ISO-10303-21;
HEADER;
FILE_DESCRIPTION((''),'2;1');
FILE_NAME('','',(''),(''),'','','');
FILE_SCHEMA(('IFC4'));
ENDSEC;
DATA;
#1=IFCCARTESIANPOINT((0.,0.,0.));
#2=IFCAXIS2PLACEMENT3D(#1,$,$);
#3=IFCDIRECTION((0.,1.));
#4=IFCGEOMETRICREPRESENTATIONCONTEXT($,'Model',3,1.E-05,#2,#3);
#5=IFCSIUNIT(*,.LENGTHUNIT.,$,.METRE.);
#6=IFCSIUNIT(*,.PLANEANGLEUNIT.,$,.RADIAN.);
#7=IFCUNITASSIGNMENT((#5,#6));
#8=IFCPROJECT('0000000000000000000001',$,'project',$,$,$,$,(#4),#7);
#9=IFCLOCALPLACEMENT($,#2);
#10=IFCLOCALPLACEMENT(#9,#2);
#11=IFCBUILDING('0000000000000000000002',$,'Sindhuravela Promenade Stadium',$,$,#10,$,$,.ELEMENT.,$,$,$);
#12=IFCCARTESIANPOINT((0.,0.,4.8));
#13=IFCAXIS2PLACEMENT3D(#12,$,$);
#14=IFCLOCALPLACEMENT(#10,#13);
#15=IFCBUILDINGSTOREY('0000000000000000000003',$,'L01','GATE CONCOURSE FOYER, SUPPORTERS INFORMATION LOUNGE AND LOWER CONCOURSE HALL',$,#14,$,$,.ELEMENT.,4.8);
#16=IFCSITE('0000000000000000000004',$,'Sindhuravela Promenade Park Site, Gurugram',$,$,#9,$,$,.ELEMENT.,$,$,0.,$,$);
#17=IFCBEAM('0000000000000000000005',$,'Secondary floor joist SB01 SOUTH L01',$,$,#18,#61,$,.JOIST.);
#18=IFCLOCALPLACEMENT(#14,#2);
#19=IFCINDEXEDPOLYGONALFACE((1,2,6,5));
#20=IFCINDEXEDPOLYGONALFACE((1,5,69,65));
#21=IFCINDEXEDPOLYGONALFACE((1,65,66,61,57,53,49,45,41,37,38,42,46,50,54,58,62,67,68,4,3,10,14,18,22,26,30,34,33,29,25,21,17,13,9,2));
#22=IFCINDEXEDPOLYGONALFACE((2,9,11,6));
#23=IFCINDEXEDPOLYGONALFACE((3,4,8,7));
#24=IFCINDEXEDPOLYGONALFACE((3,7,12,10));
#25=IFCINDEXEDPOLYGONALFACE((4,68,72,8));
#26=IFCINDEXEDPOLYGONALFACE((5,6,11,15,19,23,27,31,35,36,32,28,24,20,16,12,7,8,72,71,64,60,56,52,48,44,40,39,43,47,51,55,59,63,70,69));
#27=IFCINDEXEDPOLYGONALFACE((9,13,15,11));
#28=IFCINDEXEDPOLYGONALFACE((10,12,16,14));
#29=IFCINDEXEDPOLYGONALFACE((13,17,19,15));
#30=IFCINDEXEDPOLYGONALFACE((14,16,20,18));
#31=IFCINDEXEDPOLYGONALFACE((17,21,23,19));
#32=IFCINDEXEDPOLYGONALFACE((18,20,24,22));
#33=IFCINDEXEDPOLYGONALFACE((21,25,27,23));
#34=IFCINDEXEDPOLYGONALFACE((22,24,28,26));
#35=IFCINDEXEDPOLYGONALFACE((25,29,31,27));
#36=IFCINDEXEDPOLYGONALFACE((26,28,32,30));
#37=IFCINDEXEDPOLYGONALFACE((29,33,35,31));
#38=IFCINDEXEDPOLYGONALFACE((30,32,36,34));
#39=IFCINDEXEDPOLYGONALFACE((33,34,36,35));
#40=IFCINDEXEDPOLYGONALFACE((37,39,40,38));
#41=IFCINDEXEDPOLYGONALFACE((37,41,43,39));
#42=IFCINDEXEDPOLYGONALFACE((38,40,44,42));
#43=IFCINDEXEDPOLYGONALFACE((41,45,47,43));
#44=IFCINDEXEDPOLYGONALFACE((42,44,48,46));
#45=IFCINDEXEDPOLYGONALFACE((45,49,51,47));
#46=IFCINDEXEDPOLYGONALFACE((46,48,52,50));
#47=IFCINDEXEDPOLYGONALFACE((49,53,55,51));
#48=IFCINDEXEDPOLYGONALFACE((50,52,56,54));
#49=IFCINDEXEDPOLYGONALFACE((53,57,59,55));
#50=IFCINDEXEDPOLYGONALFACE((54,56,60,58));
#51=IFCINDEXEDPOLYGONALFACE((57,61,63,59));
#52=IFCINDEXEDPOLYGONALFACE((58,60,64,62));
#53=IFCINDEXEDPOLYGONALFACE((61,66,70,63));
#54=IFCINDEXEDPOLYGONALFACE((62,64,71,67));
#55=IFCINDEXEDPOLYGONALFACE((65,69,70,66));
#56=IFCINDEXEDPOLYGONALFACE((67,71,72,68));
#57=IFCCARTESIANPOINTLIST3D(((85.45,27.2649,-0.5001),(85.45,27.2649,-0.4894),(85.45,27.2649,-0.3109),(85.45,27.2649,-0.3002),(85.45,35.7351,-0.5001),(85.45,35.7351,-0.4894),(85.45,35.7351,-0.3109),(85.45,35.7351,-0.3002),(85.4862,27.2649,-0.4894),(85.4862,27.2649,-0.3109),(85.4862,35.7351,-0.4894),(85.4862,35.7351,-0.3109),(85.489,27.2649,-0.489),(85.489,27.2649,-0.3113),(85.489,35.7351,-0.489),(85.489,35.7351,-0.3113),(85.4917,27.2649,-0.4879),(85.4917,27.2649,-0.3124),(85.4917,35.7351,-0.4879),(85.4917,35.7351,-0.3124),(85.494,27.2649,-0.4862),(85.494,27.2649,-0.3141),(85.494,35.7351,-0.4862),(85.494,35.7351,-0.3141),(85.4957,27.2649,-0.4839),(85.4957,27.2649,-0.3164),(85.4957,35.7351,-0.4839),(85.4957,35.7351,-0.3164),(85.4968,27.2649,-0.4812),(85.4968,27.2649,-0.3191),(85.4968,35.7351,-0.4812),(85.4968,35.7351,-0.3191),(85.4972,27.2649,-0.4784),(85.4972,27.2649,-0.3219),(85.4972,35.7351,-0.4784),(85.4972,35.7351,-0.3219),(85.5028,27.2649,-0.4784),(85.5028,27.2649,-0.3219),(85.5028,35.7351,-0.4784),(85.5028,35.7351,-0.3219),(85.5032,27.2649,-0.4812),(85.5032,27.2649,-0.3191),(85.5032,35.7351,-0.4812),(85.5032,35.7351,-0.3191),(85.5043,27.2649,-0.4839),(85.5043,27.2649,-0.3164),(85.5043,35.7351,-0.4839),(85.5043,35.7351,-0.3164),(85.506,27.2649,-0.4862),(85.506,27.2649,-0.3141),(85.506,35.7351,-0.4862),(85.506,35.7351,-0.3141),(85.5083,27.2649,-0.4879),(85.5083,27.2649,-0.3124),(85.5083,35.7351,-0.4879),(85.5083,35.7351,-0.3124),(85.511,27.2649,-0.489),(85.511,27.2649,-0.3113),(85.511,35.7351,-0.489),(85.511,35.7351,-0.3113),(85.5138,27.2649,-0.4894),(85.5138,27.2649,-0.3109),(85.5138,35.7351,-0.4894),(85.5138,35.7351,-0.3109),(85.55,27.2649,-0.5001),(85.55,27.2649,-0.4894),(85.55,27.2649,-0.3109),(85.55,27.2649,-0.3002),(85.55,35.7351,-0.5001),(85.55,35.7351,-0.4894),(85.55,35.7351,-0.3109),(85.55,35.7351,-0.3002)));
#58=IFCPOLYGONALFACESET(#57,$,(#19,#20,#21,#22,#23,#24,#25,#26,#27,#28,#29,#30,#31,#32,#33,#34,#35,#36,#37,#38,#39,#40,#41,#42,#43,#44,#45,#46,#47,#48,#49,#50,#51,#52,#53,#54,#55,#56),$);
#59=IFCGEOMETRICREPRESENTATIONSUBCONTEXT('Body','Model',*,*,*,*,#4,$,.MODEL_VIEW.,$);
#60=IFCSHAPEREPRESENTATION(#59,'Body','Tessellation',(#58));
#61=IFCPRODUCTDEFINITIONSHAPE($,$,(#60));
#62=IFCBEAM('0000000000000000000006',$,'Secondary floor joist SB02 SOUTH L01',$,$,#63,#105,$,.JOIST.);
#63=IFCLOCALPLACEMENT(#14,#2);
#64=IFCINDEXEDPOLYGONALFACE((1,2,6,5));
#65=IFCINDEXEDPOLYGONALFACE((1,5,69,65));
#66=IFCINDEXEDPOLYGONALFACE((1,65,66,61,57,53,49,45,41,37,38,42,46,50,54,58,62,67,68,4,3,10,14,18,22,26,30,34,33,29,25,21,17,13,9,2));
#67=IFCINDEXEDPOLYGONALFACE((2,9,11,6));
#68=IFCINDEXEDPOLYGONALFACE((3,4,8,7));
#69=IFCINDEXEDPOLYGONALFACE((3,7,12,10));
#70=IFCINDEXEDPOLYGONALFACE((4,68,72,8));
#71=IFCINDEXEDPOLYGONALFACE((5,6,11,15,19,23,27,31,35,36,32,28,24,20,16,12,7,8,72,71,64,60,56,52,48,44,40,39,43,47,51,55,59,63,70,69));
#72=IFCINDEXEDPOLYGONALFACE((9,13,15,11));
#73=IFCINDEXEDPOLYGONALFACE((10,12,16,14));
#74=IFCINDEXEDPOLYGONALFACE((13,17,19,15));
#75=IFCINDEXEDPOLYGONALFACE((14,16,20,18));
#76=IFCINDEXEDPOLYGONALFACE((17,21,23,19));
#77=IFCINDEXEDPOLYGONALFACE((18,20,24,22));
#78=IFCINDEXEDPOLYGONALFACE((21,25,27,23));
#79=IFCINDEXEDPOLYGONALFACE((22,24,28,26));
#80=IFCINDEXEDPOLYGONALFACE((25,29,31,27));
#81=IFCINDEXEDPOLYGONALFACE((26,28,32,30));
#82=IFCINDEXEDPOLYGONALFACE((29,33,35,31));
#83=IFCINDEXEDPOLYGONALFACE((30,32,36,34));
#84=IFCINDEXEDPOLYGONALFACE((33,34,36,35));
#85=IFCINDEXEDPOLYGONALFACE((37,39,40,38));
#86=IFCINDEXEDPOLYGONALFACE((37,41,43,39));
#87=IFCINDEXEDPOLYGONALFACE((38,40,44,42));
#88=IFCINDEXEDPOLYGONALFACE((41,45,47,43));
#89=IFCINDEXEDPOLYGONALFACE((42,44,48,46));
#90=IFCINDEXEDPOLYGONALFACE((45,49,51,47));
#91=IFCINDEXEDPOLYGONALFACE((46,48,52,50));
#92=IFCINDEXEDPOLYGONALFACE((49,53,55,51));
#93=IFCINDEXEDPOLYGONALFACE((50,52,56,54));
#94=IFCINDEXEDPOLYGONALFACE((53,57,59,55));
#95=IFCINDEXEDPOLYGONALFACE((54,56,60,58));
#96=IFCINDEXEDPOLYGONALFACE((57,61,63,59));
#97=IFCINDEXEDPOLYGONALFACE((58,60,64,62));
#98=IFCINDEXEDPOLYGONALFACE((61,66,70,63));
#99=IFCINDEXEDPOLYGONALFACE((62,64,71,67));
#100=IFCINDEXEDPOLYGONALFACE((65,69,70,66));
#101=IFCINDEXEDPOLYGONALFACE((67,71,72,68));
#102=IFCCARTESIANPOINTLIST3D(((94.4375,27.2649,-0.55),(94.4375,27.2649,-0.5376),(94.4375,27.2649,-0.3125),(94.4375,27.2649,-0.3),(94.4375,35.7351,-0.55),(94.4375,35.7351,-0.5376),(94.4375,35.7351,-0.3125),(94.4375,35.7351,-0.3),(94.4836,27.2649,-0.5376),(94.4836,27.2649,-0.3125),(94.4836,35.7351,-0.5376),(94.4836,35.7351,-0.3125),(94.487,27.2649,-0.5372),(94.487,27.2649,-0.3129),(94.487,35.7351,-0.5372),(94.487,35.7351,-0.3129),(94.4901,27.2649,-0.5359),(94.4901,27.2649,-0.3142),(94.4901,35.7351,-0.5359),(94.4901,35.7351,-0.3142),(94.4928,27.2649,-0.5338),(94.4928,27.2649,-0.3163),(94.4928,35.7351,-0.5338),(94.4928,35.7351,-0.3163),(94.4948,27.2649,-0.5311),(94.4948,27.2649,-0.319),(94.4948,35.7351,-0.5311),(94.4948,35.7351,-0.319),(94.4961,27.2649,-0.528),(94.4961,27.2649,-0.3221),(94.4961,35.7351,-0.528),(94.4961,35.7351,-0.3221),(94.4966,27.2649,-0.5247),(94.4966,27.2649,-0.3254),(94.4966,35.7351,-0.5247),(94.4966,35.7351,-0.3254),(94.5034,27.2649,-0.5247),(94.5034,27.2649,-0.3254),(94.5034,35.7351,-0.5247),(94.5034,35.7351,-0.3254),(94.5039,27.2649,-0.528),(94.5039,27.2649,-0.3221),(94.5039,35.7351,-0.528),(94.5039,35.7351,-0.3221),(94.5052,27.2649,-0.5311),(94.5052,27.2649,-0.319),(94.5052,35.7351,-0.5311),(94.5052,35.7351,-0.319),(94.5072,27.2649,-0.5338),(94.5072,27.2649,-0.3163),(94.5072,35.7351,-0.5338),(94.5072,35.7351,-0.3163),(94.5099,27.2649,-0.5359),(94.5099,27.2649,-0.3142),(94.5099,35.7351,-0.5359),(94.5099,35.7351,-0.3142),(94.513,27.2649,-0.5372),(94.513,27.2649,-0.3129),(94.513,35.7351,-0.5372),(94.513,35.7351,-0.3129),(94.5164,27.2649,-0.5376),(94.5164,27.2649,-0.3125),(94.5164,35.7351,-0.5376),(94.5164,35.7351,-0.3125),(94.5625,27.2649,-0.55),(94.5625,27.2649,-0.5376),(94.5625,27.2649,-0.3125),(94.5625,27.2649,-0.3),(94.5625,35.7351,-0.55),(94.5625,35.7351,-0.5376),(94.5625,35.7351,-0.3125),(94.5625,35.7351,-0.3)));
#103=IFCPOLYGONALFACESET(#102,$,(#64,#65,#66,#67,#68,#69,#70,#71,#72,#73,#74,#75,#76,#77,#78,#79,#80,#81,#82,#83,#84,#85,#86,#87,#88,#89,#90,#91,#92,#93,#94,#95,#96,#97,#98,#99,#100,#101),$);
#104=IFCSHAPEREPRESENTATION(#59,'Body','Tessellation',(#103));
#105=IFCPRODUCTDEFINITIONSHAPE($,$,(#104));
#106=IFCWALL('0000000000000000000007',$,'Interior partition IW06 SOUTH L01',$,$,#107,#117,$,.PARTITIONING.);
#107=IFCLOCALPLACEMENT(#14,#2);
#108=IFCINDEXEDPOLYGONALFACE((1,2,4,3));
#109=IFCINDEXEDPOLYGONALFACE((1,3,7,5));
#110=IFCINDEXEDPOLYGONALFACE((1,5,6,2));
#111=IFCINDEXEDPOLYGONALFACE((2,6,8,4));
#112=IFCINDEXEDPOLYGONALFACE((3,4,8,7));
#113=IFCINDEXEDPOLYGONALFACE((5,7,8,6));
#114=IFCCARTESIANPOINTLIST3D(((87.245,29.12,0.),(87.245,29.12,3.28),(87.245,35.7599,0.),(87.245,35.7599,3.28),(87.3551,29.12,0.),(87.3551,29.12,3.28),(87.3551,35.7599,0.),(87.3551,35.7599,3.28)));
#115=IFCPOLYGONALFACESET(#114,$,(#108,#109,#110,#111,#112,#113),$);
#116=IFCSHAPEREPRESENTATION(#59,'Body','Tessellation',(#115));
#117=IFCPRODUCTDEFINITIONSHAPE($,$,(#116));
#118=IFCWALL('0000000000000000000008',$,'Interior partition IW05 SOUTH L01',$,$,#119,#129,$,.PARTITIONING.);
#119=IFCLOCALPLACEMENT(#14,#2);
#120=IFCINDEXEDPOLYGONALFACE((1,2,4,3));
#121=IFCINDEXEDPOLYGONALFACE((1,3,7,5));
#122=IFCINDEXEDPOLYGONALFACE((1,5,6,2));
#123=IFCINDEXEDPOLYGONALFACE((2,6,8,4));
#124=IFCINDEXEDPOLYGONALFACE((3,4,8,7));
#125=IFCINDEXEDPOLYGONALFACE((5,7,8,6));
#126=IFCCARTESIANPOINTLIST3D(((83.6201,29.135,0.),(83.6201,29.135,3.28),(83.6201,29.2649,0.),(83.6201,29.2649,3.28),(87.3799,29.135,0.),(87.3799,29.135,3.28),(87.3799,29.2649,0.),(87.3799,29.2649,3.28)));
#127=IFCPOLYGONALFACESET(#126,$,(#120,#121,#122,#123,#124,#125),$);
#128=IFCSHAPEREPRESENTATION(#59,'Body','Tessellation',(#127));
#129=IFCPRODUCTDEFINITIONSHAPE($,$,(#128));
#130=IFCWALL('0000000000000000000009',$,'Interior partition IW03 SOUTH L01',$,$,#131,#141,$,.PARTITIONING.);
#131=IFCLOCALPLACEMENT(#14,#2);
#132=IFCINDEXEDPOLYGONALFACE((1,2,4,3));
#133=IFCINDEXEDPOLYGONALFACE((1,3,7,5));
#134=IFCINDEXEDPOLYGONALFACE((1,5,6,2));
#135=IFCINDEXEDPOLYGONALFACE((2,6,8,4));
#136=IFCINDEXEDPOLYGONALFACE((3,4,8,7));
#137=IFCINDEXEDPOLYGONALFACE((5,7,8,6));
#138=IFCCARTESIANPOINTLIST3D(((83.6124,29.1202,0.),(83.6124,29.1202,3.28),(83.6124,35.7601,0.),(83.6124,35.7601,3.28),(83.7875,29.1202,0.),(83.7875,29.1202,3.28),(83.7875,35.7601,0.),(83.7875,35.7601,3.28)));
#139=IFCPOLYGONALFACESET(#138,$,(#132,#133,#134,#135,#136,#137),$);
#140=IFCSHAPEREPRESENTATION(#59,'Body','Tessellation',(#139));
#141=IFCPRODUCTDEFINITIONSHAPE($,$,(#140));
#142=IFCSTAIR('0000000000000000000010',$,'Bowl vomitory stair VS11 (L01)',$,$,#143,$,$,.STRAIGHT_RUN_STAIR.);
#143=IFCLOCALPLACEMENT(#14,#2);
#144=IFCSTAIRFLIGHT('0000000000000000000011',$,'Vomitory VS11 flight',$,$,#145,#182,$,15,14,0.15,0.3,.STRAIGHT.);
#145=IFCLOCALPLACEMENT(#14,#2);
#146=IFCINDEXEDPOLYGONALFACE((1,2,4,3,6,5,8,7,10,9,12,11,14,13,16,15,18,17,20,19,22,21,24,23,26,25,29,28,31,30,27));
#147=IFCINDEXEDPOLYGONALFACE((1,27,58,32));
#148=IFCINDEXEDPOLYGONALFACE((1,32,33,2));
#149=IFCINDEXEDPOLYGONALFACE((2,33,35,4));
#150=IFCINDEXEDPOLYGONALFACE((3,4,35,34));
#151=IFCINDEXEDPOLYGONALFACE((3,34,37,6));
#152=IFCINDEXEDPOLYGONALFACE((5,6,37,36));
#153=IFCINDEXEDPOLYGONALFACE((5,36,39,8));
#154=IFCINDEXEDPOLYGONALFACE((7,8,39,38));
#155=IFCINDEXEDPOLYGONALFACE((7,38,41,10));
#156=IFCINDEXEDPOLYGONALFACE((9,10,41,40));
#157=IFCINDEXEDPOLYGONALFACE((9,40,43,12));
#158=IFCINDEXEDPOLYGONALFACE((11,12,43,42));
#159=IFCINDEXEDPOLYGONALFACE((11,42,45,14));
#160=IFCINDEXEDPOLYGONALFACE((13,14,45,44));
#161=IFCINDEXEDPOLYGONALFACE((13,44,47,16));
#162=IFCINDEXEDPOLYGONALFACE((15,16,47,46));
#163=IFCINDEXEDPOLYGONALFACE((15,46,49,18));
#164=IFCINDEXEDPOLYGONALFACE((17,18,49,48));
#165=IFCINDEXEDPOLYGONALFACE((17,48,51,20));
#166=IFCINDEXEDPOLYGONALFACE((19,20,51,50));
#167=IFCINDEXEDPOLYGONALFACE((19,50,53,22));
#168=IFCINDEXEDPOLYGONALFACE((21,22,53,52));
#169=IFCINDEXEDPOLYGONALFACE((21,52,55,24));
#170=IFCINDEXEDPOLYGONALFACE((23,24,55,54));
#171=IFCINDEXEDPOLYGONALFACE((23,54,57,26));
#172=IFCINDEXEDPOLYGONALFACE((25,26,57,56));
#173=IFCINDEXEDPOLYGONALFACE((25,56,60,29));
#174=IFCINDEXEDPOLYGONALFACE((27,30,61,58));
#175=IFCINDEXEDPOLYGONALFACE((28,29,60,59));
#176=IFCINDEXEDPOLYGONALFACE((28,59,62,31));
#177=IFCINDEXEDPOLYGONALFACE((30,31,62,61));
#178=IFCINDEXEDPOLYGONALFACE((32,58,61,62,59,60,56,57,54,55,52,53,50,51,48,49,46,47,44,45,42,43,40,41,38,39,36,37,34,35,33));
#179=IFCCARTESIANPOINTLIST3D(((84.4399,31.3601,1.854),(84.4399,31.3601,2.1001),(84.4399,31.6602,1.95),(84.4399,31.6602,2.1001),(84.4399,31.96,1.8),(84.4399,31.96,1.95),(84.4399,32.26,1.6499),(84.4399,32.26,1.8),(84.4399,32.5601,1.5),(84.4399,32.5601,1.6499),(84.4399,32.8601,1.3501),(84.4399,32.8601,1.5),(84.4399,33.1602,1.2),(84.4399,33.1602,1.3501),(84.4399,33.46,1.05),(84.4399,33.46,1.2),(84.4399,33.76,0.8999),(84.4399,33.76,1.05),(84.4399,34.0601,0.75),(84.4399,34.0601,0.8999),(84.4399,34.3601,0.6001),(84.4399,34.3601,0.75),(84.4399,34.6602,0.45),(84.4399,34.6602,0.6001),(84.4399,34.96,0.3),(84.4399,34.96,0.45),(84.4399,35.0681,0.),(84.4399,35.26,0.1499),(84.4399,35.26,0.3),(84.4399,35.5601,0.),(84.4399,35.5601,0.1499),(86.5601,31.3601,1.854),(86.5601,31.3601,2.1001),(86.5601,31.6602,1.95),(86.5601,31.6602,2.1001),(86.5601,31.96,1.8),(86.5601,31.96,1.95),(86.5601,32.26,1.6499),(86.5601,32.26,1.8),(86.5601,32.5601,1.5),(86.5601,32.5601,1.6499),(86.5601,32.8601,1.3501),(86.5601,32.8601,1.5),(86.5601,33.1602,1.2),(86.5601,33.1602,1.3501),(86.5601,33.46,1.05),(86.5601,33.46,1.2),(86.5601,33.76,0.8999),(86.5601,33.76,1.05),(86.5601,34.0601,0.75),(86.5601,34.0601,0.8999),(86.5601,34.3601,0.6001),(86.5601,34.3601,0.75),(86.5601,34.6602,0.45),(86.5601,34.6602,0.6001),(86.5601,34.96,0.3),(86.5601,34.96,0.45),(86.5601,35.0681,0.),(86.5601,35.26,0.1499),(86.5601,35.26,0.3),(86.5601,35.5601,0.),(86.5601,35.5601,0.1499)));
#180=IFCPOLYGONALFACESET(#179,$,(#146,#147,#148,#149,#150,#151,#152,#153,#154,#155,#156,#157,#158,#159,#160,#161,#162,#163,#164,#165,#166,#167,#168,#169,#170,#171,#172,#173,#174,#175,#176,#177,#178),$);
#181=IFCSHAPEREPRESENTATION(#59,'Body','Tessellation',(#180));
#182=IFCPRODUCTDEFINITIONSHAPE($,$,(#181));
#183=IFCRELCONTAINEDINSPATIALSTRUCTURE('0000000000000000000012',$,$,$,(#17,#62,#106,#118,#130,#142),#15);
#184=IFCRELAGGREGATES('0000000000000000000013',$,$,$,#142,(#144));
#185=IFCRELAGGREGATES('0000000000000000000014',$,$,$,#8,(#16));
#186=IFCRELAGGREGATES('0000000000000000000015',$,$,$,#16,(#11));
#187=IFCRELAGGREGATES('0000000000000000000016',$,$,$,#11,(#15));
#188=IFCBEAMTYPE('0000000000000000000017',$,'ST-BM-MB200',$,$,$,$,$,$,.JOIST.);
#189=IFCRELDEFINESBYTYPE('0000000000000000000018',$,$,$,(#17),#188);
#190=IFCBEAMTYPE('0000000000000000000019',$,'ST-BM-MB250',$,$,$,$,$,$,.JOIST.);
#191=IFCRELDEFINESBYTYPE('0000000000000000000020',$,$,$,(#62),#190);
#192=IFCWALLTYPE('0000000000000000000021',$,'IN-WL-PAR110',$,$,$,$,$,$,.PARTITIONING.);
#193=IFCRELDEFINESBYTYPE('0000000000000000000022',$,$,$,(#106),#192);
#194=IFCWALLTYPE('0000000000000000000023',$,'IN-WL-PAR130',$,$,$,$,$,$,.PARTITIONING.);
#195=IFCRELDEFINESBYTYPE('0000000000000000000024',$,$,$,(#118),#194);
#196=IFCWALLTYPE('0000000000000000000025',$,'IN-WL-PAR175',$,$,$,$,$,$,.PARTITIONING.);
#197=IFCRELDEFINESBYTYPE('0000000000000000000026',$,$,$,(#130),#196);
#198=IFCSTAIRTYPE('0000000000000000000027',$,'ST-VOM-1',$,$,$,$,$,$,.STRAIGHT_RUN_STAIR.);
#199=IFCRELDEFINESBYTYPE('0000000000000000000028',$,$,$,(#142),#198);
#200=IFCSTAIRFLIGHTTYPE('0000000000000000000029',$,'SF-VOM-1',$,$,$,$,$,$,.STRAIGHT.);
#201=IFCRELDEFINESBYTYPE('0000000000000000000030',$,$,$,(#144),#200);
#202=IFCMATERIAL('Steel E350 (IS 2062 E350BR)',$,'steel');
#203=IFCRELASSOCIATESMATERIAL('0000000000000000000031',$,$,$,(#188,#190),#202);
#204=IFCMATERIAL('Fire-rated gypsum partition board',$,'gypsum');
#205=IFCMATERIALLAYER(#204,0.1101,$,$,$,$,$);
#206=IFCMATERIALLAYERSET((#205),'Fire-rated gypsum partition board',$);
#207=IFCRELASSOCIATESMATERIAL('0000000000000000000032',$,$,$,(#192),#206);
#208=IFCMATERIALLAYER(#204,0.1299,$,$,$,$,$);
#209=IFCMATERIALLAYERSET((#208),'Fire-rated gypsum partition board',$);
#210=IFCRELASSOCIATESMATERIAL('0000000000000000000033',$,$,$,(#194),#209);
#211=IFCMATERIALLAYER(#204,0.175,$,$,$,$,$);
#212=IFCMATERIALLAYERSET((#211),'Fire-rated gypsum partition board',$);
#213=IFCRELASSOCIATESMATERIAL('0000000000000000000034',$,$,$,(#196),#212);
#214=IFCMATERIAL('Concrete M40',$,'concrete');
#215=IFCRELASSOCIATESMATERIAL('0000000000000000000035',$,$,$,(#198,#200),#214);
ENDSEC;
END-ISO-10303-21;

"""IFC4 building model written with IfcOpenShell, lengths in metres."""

from ifc_helpers import new_model, si_unit, direction, frame, frame_2d, origin, origin_2d, place, context, subcontext, project, spatial, polyline, rectangle, i_section, outline, extrude, material, layer, layer_set, material_profile, profile_set, type_object, element, aggregate, save


model = new_model("IFC4")

# Units and contexts
model_context = context("Model", 3, precision=1e-05, world=origin(), true_north=direction((0.0, 1.0)))
body_context = subcontext(model_context, "Body", "Model", "MODEL_VIEW")
ifc_project = project(units=[si_unit("LENGTHUNIT", "METRE"), si_unit("PLANEANGLEUNIT", "RADIAN")], contexts=[model_context])

# Site, building, storey
site_placement = place(None, origin())
site = spatial("IfcSite", under=ifc_project, at=site_placement, Name="Sindhuravela Promenade Park Site, Gurugram", CompositionType="ELEMENT", RefElevation=0.0)
building_placement = place(site_placement, origin())
building = spatial("IfcBuilding", under=site, at=building_placement, Name="Sindhuravela Promenade Stadium", CompositionType="ELEMENT")
storey_placement = place(building_placement, frame((0.0, 0.0, 4.8)))
storey = spatial("IfcBuildingStorey", under=building, at=storey_placement, Name="L01", Description="GATE CONCOURSE FOYER, SUPPORTERS INFORMATION LOUNGE AND LOWER CONCOURSE HALL", CompositionType="ELEMENT", Elevation=4.8)

# Shared definitions
ifc_material_1 = material(Name="Concrete M40", Category="concrete")

# Beams
ifc_material_2 = material(Name="Steel E350 (IS 2062 E350BR)", Category="steel")
ifc_material_profile_1 = material_profile(ifc_material_2, i_section(OverallWidth=0.1001, OverallDepth=0.2, WebThickness=0.0056, FlangeThickness=0.0107, FilletRadius=0.011, at=origin_2d()), Name="ISMB 200")
ifc_profile_set_1 = profile_set([ifc_material_profile_1], Name="Steel E350 (IS 2062 E350BR)")
beam_type_1 = type_object("IfcBeamType", Name="ST-BM-MB200", PredefinedType="JOIST", material=ifc_profile_set_1)
beam_1_placement = place(storey_placement, frame((85.5, 27.2649, -0.4001), z_axis=(0.0, 1.0, 0.0), x_axis=(-1.0, 0.0, 0.0)))
element("IfcBeam", 1, at=beam_1_placement, inside=storey, type_object=beam_type_1, Name="Secondary floor joist SB01 SOUTH L01", PredefinedType="JOIST", context=body_context, shape_type="SweptSolid", body=[
    extrude(i_section(OverallWidth=0.1001, OverallDepth=0.2, WebThickness=0.0056, FlangeThickness=0.0107, FilletRadius=0.011, at=origin_2d()), origin(), (0.0, 0.0, 1.0), 8.4702),
])
ifc_material_profile_2 = material_profile(ifc_material_2, i_section(OverallWidth=0.125, OverallDepth=0.25, WebThickness=0.0068, FlangeThickness=0.0125, FilletRadius=0.0129, at=origin_2d()), Name="ISMB 250")
ifc_profile_set_2 = profile_set([ifc_material_profile_2], Name="Steel E350 (IS 2062 E350BR)")
beam_type_2 = type_object("IfcBeamType", Name="ST-BM-MB250", PredefinedType="JOIST", material=ifc_profile_set_2)
beam_2_placement = place(storey_placement, frame((94.5, 27.2649, -0.425), z_axis=(0.0, 1.0, 0.0), x_axis=(-1.0, 0.0, 0.0)))
element("IfcBeam", 2, at=beam_2_placement, inside=storey, type_object=beam_type_2, Name="Secondary floor joist SB02 SOUTH L01", PredefinedType="JOIST", context=body_context, shape_type="SweptSolid", body=[
    extrude(i_section(OverallWidth=0.125, OverallDepth=0.25, WebThickness=0.0068, FlangeThickness=0.0125, FilletRadius=0.0129, at=origin_2d()), origin(), (0.0, 0.0, 1.0), 8.4702),
])

# Walls
ifc_material_3 = material(Name="Fire-rated gypsum partition board", Category="gypsum")
ifc_layer_1 = layer(ifc_material_3, 0.1101)
ifc_layer_set_1 = layer_set([ifc_layer_1], Name="Fire-rated gypsum partition board")
wall_type_1 = type_object("IfcWallType", Name="IN-WL-PAR110", PredefinedType="PARTITIONING", material=ifc_layer_set_1)
wall_1_placement = place(storey_placement, frame((87.3, 29.1201, 0.0), z_axis=(0.0, 0.0, 1.0), x_axis=(0.0, 1.0, 0.0)))
element("IfcWall", 3, at=wall_1_placement, inside=storey, type_object=wall_type_1, Name="Interior partition IW06 SOUTH L01", PredefinedType="PARTITIONING", context=body_context, shape_type="SweptSolid", body=[
    extrude(rectangle(XDim=6.6399, YDim=0.1101, at=frame_2d((3.3198, 0.0))), origin(), (0.0, 0.0, 1.0), 3.28),
])
ifc_layer_2 = layer(ifc_material_3, 0.1299)
ifc_layer_set_2 = layer_set([ifc_layer_2], Name="Fire-rated gypsum partition board")
wall_type_2 = type_object("IfcWallType", Name="IN-WL-PAR130", PredefinedType="PARTITIONING", material=ifc_layer_set_2)
wall_2_placement = place(storey_placement, frame((83.6201, 29.2, 0.0), z_axis=(0.0, 0.0, 1.0), x_axis=(1.0, 0.0, 0.0)))
element("IfcWall", 4, at=wall_2_placement, inside=storey, type_object=wall_type_2, Name="Interior partition IW05 SOUTH L01", PredefinedType="PARTITIONING", context=body_context, shape_type="SweptSolid", body=[
    extrude(rectangle(XDim=3.7598, YDim=0.1299, at=frame_2d((1.8799, 0.0))), origin(), (0.0, 0.0, 1.0), 3.28),
])
ifc_layer_3 = layer(ifc_material_3, 0.175)
ifc_layer_set_3 = layer_set([ifc_layer_3], Name="Fire-rated gypsum partition board")
wall_type_3 = type_object("IfcWallType", Name="IN-WL-PAR175", PredefinedType="PARTITIONING", material=ifc_layer_set_3)
wall_3_placement = place(storey_placement, frame((83.7, 35.76, 0.0), z_axis=(0.0, 0.0, 1.0), x_axis=(0.0, -1.0, 0.0)))
element("IfcWall", 5, at=wall_3_placement, inside=storey, type_object=wall_type_3, Name="Interior partition IW03 SOUTH L01", PredefinedType="PARTITIONING", context=body_context, shape_type="SweptSolid", body=[
    extrude(rectangle(XDim=6.6399, YDim=0.175, at=frame_2d((3.3198, 0.0))), origin(), (0.0, 0.0, 1.0), 3.28),
])

# Stair, stair flight
stair_type = type_object("IfcStairType", Name="ST-VOM-1", PredefinedType="STRAIGHT_RUN_STAIR", material=ifc_material_1)
stair_placement = place(storey_placement, origin())
stair = element("IfcStair", 6, at=stair_placement, inside=storey, type_object=stair_type, Name="Bowl vomitory stair VS11 (L01)", PredefinedType="STRAIGHT_RUN_STAIR")
stair_flight_type = type_object("IfcStairFlightType", Name="SF-VOM-1", PredefinedType="STRAIGHT", material=ifc_material_1)
stair_flight_placement = place(storey_placement, frame((85.5, 35.5601, 0.0), z_axis=(0.0, 0.0, 1.0), x_axis=(0.0, -1.0, 0.0)))
stair_flight = element("IfcStairFlight", 7, at=stair_flight_placement, type_object=stair_flight_type, Name="Vomitory VS11 flight", NumberOfRisers=15, NumberOfTreads=14, PredefinedType="STRAIGHT", RiserHeight=0.15, TreadLength=0.3, context=body_context, shape_type="SweptSolid", body=[
    extrude(outline(polyline([(0.0, 0.0), (0.0, 0.1499), (0.3, 0.1499), (0.3, 0.3), (0.6001, 0.3), (0.6001, 0.45), (0.8999, 0.45), (0.8999, 0.6001), (1.2, 0.6001), (1.2, 0.75), (1.5, 0.75), (1.5, 0.8999), (1.8, 0.8999), (1.8, 1.05), (2.1001, 1.05), (2.1001, 1.2), (2.3999, 1.2), (2.3999, 1.3501), (2.7, 1.3501), (2.7, 1.5), (3.0, 1.5), (3.0, 1.6499), (3.3, 1.6499), (3.3, 1.8), (3.6001, 1.8), (3.6001, 1.95), (3.8999, 1.95), (3.8999, 2.1001), (4.2, 2.1001), (4.2, 2.25), (4.2, 1.854), (0.4919, 0.0), (0.0, 0.0)])), frame((0.0, 1.0601, 0.0), z_axis=(0.0, -1.0, 0.0), x_axis=(1.0, 0.0, 0.0)), (0.0, 0.0, 1.0), 2.1201),
])
aggregate(stair, [stair_flight])

save(model, "model.ifc")
